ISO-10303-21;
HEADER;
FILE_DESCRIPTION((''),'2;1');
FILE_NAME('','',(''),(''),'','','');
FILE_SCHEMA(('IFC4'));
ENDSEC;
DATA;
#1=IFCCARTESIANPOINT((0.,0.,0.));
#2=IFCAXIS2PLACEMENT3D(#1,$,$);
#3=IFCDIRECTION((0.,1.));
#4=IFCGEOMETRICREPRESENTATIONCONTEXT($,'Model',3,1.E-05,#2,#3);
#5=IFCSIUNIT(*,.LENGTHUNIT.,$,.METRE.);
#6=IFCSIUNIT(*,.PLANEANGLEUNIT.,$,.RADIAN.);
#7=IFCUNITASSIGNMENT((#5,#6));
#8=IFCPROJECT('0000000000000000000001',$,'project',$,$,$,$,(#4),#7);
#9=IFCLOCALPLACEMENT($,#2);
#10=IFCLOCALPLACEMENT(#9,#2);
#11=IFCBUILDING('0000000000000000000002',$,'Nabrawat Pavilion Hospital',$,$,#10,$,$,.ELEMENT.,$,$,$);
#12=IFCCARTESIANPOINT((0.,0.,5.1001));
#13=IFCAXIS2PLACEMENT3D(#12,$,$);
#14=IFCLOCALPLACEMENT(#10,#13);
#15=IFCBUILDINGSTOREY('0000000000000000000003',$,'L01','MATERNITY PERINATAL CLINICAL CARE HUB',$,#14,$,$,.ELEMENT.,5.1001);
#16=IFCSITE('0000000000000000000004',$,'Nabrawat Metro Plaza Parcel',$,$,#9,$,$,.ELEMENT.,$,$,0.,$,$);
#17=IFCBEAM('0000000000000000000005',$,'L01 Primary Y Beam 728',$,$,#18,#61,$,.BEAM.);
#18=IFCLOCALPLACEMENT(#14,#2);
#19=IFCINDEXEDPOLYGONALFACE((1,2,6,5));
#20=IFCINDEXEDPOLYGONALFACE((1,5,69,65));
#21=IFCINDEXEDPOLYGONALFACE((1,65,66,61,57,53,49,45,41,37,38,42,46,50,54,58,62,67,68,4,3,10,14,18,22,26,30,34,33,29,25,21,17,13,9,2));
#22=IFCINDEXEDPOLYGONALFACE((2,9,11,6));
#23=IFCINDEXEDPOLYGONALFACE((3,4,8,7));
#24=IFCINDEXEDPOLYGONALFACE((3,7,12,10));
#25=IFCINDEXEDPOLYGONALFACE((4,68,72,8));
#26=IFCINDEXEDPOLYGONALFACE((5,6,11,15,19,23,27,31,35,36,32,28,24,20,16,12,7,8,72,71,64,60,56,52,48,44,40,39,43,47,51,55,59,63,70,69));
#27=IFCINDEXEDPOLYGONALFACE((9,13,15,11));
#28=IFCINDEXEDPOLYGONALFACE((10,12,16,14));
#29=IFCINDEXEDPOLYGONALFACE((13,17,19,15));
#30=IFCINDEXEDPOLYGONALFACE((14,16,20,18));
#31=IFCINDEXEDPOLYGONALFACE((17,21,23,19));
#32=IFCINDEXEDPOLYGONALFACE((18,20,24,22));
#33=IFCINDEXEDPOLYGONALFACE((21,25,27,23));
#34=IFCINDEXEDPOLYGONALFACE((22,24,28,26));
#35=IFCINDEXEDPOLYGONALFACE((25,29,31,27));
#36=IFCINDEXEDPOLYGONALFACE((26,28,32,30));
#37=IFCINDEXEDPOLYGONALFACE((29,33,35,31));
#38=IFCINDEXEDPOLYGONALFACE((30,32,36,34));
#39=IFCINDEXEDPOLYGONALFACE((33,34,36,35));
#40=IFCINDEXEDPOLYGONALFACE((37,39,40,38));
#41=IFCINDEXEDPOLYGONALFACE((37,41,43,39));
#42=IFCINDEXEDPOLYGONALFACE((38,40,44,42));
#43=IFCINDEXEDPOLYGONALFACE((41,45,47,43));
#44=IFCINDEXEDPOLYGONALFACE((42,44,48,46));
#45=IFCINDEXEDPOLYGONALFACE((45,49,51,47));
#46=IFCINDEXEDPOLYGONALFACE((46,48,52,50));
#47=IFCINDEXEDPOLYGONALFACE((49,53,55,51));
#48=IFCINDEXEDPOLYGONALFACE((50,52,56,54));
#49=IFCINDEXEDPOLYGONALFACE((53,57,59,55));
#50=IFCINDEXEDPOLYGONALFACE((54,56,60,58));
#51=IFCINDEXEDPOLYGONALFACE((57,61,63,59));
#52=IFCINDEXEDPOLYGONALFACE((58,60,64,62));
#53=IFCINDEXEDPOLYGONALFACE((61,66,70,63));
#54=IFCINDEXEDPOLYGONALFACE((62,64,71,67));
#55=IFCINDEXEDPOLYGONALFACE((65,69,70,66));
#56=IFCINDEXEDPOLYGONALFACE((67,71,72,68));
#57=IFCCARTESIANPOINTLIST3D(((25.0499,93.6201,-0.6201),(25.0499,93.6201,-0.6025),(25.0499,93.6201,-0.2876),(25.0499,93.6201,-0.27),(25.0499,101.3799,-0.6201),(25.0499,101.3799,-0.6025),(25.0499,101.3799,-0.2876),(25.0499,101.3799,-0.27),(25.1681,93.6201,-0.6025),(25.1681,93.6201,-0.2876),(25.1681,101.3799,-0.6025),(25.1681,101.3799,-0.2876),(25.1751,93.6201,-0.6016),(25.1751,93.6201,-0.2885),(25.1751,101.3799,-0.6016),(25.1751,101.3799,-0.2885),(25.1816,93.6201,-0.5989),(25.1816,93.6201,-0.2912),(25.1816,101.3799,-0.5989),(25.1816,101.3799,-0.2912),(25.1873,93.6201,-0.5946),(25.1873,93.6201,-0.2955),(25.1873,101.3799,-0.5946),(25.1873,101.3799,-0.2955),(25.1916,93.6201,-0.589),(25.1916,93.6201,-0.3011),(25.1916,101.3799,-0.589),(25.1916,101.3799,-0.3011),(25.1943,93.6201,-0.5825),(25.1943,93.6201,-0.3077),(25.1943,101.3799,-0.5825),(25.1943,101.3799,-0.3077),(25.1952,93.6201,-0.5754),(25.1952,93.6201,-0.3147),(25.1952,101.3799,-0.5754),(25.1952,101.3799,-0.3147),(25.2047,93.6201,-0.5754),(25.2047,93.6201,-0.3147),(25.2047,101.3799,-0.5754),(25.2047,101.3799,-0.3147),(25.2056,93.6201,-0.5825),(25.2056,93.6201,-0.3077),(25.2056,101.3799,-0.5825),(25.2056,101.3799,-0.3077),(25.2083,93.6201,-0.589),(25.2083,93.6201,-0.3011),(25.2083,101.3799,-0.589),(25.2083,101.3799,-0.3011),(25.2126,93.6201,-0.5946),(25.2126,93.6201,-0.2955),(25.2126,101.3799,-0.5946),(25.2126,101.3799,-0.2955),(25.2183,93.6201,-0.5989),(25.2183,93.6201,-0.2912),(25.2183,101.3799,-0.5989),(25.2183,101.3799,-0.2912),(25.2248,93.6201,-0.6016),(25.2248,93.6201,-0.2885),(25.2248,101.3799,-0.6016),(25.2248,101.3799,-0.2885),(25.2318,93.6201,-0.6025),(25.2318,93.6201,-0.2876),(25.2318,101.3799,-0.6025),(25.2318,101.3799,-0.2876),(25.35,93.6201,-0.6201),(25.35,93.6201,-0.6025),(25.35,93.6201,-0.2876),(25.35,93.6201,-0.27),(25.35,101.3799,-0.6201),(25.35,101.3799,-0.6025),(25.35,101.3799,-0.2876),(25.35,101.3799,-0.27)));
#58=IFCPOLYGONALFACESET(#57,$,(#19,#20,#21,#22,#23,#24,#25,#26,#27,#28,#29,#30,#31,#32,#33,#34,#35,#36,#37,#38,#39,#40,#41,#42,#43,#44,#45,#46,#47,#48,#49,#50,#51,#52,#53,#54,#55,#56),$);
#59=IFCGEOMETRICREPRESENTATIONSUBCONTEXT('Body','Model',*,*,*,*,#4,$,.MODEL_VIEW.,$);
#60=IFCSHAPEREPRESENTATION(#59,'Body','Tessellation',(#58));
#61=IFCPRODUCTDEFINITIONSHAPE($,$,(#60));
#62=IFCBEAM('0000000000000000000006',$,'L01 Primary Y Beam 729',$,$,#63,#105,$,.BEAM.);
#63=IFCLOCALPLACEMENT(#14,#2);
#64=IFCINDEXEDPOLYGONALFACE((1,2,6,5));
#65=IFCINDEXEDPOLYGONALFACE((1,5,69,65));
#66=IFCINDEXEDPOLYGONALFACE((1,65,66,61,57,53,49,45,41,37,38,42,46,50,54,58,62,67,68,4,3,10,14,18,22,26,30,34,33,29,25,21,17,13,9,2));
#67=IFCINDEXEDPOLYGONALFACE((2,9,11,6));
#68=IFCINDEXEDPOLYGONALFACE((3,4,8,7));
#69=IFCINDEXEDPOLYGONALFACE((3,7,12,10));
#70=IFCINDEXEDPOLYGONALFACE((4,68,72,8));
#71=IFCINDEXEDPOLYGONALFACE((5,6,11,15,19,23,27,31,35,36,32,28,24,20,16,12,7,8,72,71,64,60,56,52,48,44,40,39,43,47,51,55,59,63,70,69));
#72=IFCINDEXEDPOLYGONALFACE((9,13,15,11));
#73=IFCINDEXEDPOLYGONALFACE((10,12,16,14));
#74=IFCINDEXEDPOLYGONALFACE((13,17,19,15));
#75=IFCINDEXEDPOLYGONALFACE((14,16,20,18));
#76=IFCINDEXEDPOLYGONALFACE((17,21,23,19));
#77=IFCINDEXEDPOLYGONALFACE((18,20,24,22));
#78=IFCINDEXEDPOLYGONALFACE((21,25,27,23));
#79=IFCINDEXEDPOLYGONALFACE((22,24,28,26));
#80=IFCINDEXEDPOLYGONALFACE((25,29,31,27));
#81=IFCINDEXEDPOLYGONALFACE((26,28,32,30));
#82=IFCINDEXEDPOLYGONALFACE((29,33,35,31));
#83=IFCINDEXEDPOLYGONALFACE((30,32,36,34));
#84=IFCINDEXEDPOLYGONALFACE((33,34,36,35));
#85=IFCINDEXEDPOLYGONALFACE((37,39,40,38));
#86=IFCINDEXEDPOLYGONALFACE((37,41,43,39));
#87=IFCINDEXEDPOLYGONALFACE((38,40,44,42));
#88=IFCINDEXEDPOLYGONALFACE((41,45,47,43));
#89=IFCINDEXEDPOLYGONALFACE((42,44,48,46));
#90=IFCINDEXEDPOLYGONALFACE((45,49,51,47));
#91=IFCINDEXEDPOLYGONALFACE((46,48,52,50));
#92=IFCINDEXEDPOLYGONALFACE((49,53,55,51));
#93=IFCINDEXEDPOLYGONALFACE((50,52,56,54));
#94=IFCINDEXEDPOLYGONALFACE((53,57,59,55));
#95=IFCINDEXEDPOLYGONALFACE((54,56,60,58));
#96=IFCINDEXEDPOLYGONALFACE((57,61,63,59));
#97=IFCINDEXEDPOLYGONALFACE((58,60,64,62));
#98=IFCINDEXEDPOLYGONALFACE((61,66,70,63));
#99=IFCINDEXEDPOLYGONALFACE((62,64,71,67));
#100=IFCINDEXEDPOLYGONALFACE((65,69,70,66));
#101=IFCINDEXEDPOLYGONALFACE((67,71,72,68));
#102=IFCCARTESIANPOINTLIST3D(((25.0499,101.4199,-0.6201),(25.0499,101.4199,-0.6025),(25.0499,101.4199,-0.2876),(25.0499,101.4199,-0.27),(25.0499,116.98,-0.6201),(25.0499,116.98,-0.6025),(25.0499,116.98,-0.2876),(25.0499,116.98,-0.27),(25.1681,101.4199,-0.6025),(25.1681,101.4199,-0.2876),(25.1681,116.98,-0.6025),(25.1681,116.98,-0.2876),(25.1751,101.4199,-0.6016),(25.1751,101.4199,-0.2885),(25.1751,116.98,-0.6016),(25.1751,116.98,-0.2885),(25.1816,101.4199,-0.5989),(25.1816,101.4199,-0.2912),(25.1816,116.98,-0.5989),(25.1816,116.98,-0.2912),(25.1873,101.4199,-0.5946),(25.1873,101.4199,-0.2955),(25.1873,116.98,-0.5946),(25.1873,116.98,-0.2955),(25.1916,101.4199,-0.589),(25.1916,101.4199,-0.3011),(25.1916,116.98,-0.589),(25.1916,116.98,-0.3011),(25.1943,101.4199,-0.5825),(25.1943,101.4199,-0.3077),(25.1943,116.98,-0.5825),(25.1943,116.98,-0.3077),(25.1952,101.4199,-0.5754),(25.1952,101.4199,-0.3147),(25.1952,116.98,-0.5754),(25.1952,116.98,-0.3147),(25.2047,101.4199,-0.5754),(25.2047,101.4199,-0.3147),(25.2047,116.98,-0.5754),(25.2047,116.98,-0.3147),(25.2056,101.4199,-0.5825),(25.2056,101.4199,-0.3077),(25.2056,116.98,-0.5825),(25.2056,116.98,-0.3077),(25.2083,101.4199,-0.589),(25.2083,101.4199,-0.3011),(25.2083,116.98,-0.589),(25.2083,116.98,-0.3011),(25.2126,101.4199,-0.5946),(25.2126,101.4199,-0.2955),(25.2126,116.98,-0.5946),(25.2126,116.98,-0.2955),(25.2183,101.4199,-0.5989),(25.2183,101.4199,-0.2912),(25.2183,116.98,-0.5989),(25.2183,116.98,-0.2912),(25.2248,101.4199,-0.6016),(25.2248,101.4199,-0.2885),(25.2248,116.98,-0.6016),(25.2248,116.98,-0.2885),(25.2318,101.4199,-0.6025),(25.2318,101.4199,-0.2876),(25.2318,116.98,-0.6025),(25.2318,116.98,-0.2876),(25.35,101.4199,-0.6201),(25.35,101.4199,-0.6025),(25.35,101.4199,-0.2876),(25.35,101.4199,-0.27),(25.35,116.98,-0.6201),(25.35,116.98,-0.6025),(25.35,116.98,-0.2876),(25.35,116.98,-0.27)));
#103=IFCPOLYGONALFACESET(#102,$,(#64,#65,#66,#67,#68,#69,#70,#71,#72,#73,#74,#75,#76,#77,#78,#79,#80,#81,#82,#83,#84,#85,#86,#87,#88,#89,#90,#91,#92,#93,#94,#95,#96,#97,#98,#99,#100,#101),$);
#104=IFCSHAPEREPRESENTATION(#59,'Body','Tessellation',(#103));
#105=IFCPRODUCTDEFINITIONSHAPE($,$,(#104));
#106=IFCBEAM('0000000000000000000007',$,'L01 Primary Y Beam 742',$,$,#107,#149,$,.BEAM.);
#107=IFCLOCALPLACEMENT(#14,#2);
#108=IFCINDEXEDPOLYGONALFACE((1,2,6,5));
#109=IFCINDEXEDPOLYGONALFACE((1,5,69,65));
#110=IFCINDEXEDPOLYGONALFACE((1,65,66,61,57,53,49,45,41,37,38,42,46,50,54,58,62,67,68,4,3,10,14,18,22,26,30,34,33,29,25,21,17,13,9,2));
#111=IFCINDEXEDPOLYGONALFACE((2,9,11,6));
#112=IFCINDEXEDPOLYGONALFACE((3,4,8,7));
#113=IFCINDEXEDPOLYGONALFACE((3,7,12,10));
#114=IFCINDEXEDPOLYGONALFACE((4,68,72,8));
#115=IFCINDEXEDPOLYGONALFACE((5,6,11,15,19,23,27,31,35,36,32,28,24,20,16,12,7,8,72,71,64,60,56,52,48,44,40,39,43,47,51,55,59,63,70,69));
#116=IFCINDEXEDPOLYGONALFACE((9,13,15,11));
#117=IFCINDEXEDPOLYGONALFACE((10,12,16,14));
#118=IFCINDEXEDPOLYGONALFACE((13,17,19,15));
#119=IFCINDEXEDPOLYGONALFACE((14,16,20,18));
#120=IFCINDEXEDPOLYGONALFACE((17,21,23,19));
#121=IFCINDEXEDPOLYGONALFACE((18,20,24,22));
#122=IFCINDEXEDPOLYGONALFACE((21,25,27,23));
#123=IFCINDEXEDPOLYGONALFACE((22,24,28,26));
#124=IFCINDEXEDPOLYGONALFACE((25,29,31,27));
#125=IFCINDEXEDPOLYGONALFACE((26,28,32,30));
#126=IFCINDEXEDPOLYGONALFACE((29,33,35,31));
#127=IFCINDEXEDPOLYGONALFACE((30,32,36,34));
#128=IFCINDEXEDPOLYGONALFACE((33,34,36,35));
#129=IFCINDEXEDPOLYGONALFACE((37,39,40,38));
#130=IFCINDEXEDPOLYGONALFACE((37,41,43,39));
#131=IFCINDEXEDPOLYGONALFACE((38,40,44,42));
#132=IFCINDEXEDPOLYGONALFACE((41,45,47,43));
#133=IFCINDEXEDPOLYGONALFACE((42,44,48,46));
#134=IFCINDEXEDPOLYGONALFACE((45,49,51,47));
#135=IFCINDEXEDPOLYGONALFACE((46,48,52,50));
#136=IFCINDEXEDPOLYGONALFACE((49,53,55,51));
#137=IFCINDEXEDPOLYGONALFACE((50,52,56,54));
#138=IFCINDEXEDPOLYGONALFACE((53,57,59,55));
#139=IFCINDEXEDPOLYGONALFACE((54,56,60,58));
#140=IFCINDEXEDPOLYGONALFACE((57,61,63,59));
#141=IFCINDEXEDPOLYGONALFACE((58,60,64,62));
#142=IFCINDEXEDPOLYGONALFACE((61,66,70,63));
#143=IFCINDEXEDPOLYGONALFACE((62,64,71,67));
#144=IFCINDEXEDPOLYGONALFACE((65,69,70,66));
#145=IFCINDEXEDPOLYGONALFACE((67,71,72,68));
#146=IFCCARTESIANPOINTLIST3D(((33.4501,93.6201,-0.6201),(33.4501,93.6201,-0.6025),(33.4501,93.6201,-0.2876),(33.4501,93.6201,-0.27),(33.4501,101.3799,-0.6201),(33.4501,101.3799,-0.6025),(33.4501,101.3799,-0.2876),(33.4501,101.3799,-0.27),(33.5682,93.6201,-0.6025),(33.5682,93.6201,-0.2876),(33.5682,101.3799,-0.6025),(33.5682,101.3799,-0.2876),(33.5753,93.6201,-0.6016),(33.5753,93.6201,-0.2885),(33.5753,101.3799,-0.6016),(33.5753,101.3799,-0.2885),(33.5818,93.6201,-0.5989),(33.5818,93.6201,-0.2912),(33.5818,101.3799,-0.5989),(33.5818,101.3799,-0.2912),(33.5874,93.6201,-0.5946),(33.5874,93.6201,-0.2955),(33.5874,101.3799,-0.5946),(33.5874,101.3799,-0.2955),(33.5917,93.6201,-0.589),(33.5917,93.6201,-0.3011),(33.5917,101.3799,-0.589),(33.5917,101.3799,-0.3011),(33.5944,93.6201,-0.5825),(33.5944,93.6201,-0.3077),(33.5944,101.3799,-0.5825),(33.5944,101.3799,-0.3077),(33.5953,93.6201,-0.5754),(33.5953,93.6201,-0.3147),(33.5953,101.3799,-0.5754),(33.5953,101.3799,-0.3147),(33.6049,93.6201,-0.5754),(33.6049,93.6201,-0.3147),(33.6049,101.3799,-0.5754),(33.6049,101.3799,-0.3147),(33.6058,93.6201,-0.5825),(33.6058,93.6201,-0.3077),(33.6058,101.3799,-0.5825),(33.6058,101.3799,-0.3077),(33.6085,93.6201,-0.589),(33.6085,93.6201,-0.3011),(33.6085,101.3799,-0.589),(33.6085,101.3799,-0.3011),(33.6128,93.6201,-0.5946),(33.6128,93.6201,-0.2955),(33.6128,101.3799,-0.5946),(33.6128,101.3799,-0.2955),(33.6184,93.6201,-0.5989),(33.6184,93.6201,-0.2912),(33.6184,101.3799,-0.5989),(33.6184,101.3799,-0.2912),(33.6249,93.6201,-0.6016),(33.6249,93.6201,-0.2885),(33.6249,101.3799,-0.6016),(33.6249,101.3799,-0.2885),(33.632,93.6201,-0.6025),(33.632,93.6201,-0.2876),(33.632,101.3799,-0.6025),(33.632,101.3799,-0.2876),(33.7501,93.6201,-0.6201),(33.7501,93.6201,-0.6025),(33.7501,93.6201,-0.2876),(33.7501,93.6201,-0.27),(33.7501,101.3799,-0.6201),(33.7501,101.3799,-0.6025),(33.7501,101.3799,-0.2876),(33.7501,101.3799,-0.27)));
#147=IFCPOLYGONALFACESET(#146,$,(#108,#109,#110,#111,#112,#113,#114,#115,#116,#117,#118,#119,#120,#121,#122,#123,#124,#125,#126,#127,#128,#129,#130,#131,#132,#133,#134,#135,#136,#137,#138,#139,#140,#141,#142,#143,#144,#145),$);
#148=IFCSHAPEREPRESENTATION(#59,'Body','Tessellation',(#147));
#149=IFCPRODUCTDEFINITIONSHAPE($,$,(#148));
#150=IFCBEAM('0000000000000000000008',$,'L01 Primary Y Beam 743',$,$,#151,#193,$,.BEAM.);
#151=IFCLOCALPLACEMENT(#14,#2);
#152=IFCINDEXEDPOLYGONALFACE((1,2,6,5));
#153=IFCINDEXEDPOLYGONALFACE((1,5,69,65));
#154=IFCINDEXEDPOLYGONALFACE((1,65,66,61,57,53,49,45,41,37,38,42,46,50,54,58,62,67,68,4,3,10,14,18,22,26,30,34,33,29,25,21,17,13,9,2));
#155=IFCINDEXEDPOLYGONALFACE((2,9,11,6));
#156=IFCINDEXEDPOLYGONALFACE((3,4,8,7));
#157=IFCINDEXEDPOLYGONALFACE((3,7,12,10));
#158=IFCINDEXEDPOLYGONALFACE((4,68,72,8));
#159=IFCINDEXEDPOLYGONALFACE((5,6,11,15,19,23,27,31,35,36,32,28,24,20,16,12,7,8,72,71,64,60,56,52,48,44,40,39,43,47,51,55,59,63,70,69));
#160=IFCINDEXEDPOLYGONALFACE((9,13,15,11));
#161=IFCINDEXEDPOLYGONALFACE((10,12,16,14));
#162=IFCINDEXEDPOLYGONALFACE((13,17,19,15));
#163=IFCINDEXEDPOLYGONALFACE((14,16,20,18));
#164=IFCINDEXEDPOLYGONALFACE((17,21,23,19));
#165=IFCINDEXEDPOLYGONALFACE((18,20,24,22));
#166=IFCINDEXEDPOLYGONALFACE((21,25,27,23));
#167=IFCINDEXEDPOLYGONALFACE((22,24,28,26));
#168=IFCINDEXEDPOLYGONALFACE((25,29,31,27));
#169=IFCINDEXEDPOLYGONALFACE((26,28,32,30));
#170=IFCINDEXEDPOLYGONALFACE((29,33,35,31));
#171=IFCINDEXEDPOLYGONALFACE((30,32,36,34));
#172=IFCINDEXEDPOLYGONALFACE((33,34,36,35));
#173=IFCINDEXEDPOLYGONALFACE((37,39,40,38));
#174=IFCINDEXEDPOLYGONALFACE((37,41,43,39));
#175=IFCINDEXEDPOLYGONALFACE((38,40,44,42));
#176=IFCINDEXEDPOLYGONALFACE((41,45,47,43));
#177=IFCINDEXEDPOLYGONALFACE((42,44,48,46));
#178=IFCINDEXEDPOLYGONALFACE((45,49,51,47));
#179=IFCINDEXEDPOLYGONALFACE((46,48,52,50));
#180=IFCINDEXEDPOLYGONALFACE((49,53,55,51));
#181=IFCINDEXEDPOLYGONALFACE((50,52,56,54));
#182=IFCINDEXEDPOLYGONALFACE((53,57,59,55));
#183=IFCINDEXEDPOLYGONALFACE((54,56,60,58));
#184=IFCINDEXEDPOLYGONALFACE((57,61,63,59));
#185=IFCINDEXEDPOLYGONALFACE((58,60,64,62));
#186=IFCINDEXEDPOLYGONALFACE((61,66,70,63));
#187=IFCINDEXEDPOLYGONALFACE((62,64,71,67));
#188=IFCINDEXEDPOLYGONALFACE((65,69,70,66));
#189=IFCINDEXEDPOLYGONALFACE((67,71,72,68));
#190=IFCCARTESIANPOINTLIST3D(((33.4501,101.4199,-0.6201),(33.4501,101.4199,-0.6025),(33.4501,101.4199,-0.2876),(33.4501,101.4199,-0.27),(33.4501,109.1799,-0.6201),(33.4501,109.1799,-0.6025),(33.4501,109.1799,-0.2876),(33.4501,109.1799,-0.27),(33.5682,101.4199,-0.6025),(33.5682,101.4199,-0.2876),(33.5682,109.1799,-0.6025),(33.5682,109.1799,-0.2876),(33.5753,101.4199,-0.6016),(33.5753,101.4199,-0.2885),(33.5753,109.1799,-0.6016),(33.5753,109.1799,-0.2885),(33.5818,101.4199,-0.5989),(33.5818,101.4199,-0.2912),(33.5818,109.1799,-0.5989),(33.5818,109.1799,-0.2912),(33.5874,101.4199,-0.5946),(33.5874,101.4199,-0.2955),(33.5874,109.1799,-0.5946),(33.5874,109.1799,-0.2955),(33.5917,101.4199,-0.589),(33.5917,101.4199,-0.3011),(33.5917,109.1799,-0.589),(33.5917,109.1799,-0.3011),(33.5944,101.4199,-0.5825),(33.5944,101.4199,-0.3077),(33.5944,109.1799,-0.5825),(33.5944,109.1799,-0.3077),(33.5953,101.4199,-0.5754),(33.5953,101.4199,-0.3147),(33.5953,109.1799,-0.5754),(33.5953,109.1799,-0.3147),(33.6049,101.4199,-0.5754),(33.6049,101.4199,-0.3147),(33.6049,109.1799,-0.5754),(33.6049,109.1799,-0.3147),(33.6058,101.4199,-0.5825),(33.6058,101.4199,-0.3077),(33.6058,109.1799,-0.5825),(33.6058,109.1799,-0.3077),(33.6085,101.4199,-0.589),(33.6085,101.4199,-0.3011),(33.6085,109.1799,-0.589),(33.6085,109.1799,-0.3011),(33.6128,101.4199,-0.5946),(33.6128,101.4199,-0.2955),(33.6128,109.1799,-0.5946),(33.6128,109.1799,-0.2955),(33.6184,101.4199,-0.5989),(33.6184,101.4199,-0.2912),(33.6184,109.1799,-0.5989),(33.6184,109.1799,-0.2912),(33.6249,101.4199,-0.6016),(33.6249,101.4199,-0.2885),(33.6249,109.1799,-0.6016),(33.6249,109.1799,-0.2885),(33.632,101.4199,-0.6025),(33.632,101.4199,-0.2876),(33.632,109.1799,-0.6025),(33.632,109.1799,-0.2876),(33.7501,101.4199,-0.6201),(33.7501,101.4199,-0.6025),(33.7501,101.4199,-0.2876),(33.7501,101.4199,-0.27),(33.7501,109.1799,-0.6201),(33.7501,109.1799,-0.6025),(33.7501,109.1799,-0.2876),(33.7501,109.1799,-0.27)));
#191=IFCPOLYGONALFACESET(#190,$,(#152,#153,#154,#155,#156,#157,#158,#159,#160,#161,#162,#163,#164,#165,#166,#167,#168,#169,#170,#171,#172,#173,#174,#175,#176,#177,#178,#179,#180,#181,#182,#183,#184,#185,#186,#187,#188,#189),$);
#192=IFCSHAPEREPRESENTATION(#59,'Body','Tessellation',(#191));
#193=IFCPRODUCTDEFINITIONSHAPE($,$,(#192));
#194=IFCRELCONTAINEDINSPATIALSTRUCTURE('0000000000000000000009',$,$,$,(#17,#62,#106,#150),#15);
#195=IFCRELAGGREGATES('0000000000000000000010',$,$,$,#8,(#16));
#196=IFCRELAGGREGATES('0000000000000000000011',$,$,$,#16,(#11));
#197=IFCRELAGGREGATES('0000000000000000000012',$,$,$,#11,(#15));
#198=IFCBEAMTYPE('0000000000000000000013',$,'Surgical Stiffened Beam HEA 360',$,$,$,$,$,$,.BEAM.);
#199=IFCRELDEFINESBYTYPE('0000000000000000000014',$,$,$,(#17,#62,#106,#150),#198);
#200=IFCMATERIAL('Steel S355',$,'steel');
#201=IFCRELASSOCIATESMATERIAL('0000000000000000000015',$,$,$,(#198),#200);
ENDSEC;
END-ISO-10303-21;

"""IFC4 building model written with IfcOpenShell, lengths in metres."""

from ifc_helpers import new_model, si_unit, direction, frame, origin, origin_2d, place, context, subcontext, project, spatial, i_section, extrude, material, material_profile, profile_set, type_object, element, save


model = new_model("IFC4")

# Units and contexts
model_context = context("Model", 3, precision=1e-05, world=origin(), true_north=direction((0.0, 1.0)))
body_context = subcontext(model_context, "Body", "Model", "MODEL_VIEW")
ifc_project = project(units=[si_unit("LENGTHUNIT", "METRE"), si_unit("PLANEANGLEUNIT", "RADIAN")], contexts=[model_context])

# Site, building, storey
site_placement = place(None, origin())
site = spatial("IfcSite", under=ifc_project, at=site_placement, Name="Nabrawat Metro Plaza Parcel", CompositionType="ELEMENT", RefElevation=0.0)
building_placement = place(site_placement, origin())
building = spatial("IfcBuilding", under=site, at=building_placement, Name="Nabrawat Pavilion Hospital", CompositionType="ELEMENT")
storey_placement = place(building_placement, frame((0.0, 0.0, 5.1001)))
storey = spatial("IfcBuildingStorey", under=building, at=storey_placement, Name="L01", Description="MATERNITY PERINATAL CLINICAL CARE HUB", CompositionType="ELEMENT", Elevation=5.1001)

# Shared definitions
ifc_material_1 = material(Name="Steel S355", Category="steel")

# Beams
ifc_material_profile_1 = material_profile(ifc_material_1, i_section(OverallWidth=0.3, OverallDepth=0.3501, WebThickness=0.0095, FlangeThickness=0.0176, FilletRadius=0.0271, at=origin_2d()), Name="HEA 360")
ifc_profile_set_1 = profile_set([ifc_material_profile_1], Name="Steel S355")
beam_type_1 = type_object("IfcBeamType", Name="Surgical Stiffened Beam HEA 360", PredefinedType="BEAM", material=ifc_profile_set_1)
beam_1_placement = place(storey_placement, frame((25.2, 93.6201, -0.4451), z_axis=(0.0, 1.0, 0.0), x_axis=(-1.0, 0.0, 0.0)))
element("IfcBeam", 1, at=beam_1_placement, inside=storey, type_object=beam_type_1, Name="L01 Primary Y Beam 728", PredefinedType="BEAM", context=body_context, shape_type="SweptSolid", body=[
    extrude(i_section(OverallWidth=0.3, OverallDepth=0.3501, WebThickness=0.0095, FlangeThickness=0.0176, FilletRadius=0.0271, at=origin_2d()), origin(), (0.0, 0.0, 1.0), 7.7598),
])
beam_2_placement = place(storey_placement, frame((25.2, 101.4199, -0.4451), z_axis=(0.0, 1.0, 0.0), x_axis=(-1.0, 0.0, 0.0)))
element("IfcBeam", 2, at=beam_2_placement, inside=storey, type_object=beam_type_1, Name="L01 Primary Y Beam 729", PredefinedType="BEAM", context=body_context, shape_type="SweptSolid", body=[
    extrude(i_section(OverallWidth=0.3, OverallDepth=0.3501, WebThickness=0.0095, FlangeThickness=0.0176, FilletRadius=0.0271, at=origin_2d()), origin(), (0.0, 0.0, 1.0), 15.5601),
])
beam_3_placement = place(storey_placement, frame((33.6001, 93.6201, -0.4451), z_axis=(0.0, 1.0, 0.0), x_axis=(-1.0, 0.0, 0.0)))
element("IfcBeam", 3, at=beam_3_placement, inside=storey, type_object=beam_type_1, Name="L01 Primary Y Beam 742", PredefinedType="BEAM", context=body_context, shape_type="SweptSolid", body=[
    extrude(i_section(OverallWidth=0.3, OverallDepth=0.3501, WebThickness=0.0095, FlangeThickness=0.0176, FilletRadius=0.0271, at=origin_2d()), origin(), (0.0, 0.0, 1.0), 7.7598),
])
beam_4_placement = place(storey_placement, frame((33.6001, 101.4199, -0.4451), z_axis=(0.0, 1.0, 0.0), x_axis=(-1.0, 0.0, 0.0)))
element("IfcBeam", 4, at=beam_4_placement, inside=storey, type_object=beam_type_1, Name="L01 Primary Y Beam 743", PredefinedType="BEAM", context=body_context, shape_type="SweptSolid", body=[
    extrude(i_section(OverallWidth=0.3, OverallDepth=0.3501, WebThickness=0.0095, FlangeThickness=0.0176, FilletRadius=0.0271, at=origin_2d()), origin(), (0.0, 0.0, 1.0), 7.76),
])

save(model, "model.ifc")
